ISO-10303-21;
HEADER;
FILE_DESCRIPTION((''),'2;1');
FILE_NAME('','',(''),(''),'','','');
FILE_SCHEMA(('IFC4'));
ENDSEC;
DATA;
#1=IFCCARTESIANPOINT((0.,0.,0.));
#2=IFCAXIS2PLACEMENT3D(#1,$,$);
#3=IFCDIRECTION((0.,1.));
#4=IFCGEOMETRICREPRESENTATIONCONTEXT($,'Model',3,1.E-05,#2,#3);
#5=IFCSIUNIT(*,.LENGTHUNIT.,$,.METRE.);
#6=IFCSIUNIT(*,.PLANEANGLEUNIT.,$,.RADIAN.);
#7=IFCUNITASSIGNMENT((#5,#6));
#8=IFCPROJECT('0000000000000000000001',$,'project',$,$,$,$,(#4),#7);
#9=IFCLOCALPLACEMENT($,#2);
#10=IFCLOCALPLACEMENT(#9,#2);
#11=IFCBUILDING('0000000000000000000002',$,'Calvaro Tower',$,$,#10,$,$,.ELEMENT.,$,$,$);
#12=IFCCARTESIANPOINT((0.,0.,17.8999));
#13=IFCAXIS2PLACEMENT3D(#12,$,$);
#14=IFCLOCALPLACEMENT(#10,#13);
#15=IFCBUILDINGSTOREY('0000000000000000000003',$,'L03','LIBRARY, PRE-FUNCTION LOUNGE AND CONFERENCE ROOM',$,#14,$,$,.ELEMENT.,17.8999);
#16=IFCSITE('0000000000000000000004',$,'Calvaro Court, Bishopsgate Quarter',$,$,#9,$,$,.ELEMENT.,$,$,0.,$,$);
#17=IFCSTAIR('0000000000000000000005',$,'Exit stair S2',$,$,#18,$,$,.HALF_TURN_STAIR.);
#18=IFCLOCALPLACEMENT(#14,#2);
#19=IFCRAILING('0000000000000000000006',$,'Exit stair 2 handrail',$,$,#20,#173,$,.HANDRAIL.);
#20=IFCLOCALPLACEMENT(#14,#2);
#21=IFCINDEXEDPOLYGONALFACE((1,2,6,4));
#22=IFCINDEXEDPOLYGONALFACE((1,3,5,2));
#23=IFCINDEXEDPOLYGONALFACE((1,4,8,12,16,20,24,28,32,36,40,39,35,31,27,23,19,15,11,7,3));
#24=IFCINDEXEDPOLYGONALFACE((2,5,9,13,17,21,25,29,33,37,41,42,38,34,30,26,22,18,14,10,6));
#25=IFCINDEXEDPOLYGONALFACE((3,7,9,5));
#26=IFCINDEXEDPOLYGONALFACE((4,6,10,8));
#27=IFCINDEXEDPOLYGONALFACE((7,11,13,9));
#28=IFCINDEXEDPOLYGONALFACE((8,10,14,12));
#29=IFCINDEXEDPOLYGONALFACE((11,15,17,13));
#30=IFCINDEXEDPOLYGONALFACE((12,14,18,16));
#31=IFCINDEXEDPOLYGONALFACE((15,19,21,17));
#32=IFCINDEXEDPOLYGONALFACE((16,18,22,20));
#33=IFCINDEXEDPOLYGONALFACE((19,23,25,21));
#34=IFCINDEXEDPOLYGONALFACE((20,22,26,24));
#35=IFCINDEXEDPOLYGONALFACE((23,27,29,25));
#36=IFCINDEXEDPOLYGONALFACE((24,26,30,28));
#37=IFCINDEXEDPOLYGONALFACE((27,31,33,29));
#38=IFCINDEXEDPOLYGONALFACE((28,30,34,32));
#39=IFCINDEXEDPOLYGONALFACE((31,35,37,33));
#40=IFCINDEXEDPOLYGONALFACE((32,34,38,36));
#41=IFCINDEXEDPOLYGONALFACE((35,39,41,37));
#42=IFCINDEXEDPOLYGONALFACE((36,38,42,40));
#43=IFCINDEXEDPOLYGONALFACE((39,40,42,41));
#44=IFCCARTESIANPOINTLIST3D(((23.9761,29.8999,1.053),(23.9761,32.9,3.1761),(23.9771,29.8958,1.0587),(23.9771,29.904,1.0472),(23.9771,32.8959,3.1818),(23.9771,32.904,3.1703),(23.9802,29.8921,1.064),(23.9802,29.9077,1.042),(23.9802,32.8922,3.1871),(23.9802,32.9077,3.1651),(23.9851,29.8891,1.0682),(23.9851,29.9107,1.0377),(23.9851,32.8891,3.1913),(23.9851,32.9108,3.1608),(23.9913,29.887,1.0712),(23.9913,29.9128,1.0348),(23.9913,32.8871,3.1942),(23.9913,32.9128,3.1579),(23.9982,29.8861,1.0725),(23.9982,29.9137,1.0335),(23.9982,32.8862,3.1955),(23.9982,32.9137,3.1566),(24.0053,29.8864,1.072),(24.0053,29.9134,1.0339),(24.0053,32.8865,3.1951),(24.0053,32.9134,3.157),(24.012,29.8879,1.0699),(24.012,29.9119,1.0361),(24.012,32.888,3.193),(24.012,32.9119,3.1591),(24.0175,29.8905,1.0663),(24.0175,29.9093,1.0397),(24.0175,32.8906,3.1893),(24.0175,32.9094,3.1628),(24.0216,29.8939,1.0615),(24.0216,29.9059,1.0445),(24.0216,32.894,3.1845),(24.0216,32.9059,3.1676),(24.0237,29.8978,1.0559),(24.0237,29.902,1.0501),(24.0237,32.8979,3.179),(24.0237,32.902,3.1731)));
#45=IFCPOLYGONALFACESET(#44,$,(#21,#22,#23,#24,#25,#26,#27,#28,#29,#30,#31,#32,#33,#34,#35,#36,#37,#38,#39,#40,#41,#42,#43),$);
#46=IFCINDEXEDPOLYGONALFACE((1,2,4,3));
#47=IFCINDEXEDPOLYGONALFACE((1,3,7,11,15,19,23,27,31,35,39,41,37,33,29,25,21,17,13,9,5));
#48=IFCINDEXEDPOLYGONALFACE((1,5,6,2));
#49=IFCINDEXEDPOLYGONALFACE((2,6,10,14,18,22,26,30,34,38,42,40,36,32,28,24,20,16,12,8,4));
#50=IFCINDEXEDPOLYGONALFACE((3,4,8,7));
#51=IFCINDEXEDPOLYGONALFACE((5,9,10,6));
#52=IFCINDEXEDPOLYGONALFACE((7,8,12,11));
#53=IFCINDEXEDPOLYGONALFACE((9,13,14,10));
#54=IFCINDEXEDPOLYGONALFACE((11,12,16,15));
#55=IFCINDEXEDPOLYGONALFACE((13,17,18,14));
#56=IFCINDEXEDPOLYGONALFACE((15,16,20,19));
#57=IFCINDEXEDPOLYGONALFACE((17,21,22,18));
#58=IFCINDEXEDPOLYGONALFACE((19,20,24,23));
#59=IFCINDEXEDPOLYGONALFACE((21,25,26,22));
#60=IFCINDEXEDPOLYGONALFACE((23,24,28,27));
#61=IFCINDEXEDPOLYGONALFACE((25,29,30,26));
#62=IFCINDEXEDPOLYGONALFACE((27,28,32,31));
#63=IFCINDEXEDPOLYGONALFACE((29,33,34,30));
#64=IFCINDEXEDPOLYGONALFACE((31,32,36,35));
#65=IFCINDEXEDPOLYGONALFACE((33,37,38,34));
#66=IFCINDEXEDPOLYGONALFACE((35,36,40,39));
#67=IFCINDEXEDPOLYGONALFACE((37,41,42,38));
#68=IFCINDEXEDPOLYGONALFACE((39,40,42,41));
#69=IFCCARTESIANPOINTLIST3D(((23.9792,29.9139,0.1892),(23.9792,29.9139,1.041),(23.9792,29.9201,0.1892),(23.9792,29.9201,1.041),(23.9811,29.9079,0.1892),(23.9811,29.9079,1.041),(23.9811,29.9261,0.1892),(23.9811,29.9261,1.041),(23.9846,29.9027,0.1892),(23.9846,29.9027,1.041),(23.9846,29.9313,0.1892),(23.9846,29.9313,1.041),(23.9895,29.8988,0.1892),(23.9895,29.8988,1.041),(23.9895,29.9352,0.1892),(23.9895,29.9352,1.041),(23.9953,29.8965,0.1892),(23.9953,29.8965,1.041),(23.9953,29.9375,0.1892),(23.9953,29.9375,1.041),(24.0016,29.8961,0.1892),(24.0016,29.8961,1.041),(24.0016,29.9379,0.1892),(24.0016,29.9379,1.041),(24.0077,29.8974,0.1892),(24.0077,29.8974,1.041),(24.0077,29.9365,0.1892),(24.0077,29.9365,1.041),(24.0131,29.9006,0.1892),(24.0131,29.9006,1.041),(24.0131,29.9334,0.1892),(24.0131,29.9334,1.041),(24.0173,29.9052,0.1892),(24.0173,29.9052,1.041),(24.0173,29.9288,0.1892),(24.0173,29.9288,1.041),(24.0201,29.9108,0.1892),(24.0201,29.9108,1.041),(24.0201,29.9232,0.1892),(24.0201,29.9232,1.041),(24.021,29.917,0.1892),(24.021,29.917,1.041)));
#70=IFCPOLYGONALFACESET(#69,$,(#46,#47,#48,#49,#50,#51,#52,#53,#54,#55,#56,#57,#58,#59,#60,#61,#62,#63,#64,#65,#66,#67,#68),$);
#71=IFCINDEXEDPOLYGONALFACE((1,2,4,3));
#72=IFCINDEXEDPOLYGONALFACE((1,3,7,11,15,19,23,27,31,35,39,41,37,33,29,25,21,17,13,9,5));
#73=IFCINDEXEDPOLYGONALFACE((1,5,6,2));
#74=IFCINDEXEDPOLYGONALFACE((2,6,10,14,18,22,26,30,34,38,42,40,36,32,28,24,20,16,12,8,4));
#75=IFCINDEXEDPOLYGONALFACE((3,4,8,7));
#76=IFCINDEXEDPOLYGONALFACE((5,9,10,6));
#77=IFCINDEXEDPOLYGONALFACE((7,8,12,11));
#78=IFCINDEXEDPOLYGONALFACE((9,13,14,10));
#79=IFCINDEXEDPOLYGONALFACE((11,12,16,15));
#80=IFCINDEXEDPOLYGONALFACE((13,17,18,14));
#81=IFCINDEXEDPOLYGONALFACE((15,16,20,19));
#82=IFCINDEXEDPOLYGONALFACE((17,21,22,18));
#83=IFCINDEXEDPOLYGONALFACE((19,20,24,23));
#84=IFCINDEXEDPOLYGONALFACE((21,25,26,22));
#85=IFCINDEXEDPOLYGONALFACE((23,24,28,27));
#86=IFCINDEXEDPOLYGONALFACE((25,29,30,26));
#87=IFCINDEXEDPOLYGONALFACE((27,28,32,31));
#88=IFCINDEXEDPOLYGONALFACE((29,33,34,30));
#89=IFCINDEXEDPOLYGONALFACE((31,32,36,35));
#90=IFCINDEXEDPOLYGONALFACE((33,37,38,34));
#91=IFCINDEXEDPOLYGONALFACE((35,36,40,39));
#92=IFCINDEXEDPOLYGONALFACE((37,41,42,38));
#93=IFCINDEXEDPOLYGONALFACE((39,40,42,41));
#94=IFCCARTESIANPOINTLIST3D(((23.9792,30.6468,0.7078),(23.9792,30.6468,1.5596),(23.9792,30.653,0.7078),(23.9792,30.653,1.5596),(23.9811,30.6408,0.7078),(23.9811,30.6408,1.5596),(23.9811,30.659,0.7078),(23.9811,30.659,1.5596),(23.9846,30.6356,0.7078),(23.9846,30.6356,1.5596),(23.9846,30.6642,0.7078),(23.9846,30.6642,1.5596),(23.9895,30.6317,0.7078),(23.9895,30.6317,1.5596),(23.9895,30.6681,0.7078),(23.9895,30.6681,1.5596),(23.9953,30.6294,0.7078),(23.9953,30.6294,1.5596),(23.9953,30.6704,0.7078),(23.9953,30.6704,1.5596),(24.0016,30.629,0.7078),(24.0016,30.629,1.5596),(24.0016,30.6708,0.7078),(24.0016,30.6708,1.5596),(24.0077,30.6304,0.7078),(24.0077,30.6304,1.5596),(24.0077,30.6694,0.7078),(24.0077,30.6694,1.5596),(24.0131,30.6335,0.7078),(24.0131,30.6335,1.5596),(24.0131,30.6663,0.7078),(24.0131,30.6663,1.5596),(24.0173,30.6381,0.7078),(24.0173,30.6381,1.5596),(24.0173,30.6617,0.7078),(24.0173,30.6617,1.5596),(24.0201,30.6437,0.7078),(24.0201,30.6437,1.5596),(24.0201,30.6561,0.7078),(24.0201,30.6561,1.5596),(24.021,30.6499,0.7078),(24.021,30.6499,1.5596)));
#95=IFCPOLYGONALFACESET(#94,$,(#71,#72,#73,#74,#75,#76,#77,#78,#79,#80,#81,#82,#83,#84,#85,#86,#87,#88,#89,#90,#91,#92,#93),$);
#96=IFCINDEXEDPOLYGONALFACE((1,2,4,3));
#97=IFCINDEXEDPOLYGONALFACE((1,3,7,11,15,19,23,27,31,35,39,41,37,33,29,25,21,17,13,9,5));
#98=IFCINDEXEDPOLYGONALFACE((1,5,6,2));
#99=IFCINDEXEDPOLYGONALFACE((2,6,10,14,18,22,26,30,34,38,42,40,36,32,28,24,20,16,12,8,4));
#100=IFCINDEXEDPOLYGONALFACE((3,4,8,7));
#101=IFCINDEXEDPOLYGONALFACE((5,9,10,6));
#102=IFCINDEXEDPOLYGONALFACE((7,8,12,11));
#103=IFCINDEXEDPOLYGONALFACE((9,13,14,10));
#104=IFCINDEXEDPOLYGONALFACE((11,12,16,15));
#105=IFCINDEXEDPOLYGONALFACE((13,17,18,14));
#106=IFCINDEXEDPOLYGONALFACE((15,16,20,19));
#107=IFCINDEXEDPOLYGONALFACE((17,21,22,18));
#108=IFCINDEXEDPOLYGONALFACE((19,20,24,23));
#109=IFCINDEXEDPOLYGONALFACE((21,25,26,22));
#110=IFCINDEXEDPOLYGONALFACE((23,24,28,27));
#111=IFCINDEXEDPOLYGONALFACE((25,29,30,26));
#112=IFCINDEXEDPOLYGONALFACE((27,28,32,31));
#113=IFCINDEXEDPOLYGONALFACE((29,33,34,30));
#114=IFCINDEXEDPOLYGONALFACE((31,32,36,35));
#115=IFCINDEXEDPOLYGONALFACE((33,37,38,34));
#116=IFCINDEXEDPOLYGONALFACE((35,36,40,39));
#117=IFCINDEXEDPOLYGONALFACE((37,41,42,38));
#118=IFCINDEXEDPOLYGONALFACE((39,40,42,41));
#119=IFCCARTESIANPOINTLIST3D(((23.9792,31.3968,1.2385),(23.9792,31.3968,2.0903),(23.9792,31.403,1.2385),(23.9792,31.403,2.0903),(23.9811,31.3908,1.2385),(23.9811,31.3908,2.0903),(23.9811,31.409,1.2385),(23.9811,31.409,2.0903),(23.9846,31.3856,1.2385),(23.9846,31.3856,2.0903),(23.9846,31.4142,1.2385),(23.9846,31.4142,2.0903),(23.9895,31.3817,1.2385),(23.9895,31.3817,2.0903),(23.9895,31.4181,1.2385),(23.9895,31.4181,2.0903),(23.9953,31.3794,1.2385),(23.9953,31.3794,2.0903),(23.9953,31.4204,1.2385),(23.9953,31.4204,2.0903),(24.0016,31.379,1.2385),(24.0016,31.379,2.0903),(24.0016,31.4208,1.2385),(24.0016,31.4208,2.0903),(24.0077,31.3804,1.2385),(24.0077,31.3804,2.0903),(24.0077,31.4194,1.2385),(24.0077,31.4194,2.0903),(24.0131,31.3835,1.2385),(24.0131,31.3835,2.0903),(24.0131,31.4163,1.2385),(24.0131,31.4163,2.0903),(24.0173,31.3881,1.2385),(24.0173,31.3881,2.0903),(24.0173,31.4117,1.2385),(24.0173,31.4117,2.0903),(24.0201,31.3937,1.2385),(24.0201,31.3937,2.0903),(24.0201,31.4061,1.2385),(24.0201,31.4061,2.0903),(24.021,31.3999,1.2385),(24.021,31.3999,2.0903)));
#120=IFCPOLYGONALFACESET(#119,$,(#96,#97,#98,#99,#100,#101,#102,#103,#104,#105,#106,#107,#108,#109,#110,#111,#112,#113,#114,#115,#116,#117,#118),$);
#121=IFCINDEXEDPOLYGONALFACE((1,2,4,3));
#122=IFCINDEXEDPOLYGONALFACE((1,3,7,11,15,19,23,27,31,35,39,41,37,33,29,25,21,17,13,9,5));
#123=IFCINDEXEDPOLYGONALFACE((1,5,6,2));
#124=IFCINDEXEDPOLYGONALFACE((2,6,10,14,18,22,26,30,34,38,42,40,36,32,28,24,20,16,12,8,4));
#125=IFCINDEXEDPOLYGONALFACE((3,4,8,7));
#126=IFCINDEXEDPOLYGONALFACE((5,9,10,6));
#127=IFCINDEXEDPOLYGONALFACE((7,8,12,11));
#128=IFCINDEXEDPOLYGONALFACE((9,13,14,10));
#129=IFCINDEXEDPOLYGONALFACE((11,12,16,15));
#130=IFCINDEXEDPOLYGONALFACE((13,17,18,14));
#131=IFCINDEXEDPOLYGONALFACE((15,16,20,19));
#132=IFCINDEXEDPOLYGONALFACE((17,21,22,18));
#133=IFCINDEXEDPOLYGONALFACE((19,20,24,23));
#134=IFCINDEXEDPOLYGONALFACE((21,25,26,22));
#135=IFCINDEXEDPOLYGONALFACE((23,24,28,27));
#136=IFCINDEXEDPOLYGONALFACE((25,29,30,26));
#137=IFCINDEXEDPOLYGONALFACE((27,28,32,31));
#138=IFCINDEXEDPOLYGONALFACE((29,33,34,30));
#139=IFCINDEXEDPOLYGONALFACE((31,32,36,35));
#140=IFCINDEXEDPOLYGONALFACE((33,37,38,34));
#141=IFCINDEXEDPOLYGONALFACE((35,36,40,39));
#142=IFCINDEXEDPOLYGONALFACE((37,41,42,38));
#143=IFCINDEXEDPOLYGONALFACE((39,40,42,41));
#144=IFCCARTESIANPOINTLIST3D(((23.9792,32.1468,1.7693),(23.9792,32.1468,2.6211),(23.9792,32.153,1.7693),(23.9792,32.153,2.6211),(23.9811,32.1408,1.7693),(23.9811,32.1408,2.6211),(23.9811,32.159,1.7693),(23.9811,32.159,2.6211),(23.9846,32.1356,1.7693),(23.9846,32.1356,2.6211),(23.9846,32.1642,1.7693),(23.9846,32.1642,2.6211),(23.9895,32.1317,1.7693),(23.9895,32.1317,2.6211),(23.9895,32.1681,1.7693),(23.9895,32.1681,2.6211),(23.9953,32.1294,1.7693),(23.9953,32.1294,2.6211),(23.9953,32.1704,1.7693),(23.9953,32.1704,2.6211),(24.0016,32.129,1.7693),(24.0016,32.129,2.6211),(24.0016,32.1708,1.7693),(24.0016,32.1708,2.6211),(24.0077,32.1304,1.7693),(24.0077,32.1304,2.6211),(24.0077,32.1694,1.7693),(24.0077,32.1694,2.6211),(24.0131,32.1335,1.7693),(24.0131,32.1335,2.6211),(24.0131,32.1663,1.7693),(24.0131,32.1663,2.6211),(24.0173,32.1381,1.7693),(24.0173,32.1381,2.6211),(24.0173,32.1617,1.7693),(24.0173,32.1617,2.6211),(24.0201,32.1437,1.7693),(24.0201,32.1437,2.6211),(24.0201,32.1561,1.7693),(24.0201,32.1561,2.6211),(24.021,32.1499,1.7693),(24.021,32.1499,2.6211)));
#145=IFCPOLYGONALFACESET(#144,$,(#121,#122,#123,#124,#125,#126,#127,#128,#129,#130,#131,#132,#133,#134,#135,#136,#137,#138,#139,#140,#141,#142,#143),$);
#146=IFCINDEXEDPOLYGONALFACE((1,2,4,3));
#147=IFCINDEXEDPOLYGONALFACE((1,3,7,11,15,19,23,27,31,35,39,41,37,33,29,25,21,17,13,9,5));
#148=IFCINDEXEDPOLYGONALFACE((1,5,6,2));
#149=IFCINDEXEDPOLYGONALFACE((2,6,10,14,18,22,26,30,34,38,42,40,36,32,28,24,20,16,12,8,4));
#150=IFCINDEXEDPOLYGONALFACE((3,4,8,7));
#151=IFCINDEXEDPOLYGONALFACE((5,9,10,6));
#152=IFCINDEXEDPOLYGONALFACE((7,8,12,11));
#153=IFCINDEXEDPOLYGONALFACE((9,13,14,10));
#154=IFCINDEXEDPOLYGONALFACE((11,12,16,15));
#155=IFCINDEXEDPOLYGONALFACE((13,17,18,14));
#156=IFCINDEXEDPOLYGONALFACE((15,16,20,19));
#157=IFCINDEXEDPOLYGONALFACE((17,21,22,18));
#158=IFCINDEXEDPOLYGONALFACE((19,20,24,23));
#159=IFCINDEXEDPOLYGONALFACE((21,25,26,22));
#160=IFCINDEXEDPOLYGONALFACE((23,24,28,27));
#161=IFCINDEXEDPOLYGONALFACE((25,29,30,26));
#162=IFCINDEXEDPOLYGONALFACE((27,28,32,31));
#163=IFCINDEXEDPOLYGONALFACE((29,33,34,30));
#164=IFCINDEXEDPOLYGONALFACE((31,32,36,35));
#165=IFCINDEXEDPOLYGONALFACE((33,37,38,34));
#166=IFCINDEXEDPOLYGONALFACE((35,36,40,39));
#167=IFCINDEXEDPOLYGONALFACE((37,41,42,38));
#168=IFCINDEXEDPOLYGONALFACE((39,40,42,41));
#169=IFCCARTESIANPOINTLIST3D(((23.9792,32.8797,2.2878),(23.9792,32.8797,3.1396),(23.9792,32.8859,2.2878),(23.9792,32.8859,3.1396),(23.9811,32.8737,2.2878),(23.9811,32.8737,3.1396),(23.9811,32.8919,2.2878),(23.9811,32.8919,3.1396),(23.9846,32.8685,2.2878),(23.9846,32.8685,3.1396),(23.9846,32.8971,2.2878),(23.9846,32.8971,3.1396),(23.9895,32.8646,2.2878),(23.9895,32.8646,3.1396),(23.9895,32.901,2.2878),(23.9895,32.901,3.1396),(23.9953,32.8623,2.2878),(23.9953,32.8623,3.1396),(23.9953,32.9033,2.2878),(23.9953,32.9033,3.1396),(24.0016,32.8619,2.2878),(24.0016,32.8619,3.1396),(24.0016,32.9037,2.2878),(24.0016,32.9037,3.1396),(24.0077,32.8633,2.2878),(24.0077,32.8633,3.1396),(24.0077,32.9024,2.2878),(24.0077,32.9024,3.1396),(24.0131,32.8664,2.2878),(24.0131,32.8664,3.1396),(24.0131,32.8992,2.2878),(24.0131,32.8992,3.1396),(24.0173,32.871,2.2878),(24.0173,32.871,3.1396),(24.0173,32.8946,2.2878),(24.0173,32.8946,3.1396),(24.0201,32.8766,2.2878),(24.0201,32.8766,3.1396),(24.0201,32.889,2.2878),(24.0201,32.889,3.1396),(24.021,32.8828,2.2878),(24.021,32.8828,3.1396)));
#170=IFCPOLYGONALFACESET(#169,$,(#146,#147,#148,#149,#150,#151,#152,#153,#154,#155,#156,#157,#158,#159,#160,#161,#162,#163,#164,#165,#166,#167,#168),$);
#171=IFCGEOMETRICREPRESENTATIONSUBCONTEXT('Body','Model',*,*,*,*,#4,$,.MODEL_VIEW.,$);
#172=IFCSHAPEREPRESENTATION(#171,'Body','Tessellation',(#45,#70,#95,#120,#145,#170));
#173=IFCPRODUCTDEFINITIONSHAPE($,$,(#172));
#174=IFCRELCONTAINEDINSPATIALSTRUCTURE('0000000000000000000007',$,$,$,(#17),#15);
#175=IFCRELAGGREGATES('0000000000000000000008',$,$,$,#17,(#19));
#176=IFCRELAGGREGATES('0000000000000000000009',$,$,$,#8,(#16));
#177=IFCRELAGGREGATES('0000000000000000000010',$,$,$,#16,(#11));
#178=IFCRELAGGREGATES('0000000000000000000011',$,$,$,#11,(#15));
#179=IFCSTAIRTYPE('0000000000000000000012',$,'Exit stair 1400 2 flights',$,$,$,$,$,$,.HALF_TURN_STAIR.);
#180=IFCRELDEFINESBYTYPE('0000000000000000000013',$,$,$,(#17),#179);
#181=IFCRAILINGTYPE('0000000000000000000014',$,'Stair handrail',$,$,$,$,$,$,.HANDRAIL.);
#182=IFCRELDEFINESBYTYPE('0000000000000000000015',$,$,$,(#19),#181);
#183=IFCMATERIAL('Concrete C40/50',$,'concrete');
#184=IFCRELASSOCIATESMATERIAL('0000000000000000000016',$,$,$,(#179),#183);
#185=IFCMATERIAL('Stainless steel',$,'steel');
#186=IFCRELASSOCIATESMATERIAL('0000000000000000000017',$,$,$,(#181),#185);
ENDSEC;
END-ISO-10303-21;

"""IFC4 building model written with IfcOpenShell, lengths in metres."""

from ifc_helpers import new_model, si_unit, direction, frame, origin, origin_2d, place, context, subcontext, project, spatial, circle, extrude, material, type_object, element, aggregate, save


model = new_model("IFC4")

# Units and contexts
model_context = context("Model", 3, precision=1e-05, world=origin(), true_north=direction((0.0, 1.0)))
body_context = subcontext(model_context, "Body", "Model", "MODEL_VIEW")
ifc_project = project(units=[si_unit("LENGTHUNIT", "METRE"), si_unit("PLANEANGLEUNIT", "RADIAN")], contexts=[model_context])

# Site, building, storey
site_placement = place(None, origin())
site = spatial("IfcSite", under=ifc_project, at=site_placement, Name="Calvaro Court, Bishopsgate Quarter", CompositionType="ELEMENT", RefElevation=0.0)
building_placement = place(site_placement, origin())
building = spatial("IfcBuilding", under=site, at=building_placement, Name="Calvaro Tower", CompositionType="ELEMENT")
storey_placement = place(building_placement, frame((0.0, 0.0, 17.8999)))
storey = spatial("IfcBuildingStorey", under=building, at=storey_placement, Name="L03", Description="LIBRARY, PRE-FUNCTION LOUNGE AND CONFERENCE ROOM", CompositionType="ELEMENT", Elevation=17.8999)

# Stair
ifc_material_1 = material(Name="Concrete C40/50", Category="concrete")
stair_type = type_object("IfcStairType", Name="Exit stair 1400 2 flights", PredefinedType="HALF_TURN_STAIR", material=ifc_material_1)
stair_1_placement = place(storey_placement, origin())
stair_1 = element("IfcStair", 1, at=stair_1_placement, inside=storey, type_object=stair_type, Name="Exit stair S2", PredefinedType="HALF_TURN_STAIR")

# Railing
ifc_material_2 = material(Name="Stainless steel", Category="steel")
railing_type = type_object("IfcRailingType", Name="Stair handrail", PredefinedType="HANDRAIL", material=ifc_material_2)
railing_1_placement = place(storey_placement, frame((24.0, 29.8999, 0.177)))
railing_1 = element("IfcRailing", 2, at=railing_1_placement, type_object=railing_type, Name="Exit stair 2 handrail", PredefinedType="HANDRAIL", context=body_context, shape_type="SweptSolid", body=[
    extrude(circle(Radius=0.0239, at=origin_2d()), frame((0.0, 0.0, 0.876), z_axis=(0.0, 0.816275, 0.577663), x_axis=(-1.0, 0.0, 0.0)), (0.0, 0.0, 1.0), 3.6753),
    extrude(circle(Radius=0.021, at=origin_2d()), frame((0.0, 0.0171, 0.0122)), (0.0, 0.0, 1.0), 0.8518),
    extrude(circle(Radius=0.021, at=origin_2d()), frame((0.0, 0.75, 0.5308)), (0.0, 0.0, 1.0), 0.8518),
    extrude(circle(Radius=0.021, at=origin_2d()), frame((0.0, 1.5, 1.0615)), (0.0, 0.0, 1.0), 0.8518),
    extrude(circle(Radius=0.021, at=origin_2d()), frame((0.0, 2.25, 1.5923)), (0.0, 0.0, 1.0), 0.8518),
    extrude(circle(Radius=0.021, at=origin_2d()), frame((0.0, 2.9829, 2.1108)), (0.0, 0.0, 1.0), 0.8518),
])
aggregate(stair_1, [railing_1])

save(model, "model.ifc")
